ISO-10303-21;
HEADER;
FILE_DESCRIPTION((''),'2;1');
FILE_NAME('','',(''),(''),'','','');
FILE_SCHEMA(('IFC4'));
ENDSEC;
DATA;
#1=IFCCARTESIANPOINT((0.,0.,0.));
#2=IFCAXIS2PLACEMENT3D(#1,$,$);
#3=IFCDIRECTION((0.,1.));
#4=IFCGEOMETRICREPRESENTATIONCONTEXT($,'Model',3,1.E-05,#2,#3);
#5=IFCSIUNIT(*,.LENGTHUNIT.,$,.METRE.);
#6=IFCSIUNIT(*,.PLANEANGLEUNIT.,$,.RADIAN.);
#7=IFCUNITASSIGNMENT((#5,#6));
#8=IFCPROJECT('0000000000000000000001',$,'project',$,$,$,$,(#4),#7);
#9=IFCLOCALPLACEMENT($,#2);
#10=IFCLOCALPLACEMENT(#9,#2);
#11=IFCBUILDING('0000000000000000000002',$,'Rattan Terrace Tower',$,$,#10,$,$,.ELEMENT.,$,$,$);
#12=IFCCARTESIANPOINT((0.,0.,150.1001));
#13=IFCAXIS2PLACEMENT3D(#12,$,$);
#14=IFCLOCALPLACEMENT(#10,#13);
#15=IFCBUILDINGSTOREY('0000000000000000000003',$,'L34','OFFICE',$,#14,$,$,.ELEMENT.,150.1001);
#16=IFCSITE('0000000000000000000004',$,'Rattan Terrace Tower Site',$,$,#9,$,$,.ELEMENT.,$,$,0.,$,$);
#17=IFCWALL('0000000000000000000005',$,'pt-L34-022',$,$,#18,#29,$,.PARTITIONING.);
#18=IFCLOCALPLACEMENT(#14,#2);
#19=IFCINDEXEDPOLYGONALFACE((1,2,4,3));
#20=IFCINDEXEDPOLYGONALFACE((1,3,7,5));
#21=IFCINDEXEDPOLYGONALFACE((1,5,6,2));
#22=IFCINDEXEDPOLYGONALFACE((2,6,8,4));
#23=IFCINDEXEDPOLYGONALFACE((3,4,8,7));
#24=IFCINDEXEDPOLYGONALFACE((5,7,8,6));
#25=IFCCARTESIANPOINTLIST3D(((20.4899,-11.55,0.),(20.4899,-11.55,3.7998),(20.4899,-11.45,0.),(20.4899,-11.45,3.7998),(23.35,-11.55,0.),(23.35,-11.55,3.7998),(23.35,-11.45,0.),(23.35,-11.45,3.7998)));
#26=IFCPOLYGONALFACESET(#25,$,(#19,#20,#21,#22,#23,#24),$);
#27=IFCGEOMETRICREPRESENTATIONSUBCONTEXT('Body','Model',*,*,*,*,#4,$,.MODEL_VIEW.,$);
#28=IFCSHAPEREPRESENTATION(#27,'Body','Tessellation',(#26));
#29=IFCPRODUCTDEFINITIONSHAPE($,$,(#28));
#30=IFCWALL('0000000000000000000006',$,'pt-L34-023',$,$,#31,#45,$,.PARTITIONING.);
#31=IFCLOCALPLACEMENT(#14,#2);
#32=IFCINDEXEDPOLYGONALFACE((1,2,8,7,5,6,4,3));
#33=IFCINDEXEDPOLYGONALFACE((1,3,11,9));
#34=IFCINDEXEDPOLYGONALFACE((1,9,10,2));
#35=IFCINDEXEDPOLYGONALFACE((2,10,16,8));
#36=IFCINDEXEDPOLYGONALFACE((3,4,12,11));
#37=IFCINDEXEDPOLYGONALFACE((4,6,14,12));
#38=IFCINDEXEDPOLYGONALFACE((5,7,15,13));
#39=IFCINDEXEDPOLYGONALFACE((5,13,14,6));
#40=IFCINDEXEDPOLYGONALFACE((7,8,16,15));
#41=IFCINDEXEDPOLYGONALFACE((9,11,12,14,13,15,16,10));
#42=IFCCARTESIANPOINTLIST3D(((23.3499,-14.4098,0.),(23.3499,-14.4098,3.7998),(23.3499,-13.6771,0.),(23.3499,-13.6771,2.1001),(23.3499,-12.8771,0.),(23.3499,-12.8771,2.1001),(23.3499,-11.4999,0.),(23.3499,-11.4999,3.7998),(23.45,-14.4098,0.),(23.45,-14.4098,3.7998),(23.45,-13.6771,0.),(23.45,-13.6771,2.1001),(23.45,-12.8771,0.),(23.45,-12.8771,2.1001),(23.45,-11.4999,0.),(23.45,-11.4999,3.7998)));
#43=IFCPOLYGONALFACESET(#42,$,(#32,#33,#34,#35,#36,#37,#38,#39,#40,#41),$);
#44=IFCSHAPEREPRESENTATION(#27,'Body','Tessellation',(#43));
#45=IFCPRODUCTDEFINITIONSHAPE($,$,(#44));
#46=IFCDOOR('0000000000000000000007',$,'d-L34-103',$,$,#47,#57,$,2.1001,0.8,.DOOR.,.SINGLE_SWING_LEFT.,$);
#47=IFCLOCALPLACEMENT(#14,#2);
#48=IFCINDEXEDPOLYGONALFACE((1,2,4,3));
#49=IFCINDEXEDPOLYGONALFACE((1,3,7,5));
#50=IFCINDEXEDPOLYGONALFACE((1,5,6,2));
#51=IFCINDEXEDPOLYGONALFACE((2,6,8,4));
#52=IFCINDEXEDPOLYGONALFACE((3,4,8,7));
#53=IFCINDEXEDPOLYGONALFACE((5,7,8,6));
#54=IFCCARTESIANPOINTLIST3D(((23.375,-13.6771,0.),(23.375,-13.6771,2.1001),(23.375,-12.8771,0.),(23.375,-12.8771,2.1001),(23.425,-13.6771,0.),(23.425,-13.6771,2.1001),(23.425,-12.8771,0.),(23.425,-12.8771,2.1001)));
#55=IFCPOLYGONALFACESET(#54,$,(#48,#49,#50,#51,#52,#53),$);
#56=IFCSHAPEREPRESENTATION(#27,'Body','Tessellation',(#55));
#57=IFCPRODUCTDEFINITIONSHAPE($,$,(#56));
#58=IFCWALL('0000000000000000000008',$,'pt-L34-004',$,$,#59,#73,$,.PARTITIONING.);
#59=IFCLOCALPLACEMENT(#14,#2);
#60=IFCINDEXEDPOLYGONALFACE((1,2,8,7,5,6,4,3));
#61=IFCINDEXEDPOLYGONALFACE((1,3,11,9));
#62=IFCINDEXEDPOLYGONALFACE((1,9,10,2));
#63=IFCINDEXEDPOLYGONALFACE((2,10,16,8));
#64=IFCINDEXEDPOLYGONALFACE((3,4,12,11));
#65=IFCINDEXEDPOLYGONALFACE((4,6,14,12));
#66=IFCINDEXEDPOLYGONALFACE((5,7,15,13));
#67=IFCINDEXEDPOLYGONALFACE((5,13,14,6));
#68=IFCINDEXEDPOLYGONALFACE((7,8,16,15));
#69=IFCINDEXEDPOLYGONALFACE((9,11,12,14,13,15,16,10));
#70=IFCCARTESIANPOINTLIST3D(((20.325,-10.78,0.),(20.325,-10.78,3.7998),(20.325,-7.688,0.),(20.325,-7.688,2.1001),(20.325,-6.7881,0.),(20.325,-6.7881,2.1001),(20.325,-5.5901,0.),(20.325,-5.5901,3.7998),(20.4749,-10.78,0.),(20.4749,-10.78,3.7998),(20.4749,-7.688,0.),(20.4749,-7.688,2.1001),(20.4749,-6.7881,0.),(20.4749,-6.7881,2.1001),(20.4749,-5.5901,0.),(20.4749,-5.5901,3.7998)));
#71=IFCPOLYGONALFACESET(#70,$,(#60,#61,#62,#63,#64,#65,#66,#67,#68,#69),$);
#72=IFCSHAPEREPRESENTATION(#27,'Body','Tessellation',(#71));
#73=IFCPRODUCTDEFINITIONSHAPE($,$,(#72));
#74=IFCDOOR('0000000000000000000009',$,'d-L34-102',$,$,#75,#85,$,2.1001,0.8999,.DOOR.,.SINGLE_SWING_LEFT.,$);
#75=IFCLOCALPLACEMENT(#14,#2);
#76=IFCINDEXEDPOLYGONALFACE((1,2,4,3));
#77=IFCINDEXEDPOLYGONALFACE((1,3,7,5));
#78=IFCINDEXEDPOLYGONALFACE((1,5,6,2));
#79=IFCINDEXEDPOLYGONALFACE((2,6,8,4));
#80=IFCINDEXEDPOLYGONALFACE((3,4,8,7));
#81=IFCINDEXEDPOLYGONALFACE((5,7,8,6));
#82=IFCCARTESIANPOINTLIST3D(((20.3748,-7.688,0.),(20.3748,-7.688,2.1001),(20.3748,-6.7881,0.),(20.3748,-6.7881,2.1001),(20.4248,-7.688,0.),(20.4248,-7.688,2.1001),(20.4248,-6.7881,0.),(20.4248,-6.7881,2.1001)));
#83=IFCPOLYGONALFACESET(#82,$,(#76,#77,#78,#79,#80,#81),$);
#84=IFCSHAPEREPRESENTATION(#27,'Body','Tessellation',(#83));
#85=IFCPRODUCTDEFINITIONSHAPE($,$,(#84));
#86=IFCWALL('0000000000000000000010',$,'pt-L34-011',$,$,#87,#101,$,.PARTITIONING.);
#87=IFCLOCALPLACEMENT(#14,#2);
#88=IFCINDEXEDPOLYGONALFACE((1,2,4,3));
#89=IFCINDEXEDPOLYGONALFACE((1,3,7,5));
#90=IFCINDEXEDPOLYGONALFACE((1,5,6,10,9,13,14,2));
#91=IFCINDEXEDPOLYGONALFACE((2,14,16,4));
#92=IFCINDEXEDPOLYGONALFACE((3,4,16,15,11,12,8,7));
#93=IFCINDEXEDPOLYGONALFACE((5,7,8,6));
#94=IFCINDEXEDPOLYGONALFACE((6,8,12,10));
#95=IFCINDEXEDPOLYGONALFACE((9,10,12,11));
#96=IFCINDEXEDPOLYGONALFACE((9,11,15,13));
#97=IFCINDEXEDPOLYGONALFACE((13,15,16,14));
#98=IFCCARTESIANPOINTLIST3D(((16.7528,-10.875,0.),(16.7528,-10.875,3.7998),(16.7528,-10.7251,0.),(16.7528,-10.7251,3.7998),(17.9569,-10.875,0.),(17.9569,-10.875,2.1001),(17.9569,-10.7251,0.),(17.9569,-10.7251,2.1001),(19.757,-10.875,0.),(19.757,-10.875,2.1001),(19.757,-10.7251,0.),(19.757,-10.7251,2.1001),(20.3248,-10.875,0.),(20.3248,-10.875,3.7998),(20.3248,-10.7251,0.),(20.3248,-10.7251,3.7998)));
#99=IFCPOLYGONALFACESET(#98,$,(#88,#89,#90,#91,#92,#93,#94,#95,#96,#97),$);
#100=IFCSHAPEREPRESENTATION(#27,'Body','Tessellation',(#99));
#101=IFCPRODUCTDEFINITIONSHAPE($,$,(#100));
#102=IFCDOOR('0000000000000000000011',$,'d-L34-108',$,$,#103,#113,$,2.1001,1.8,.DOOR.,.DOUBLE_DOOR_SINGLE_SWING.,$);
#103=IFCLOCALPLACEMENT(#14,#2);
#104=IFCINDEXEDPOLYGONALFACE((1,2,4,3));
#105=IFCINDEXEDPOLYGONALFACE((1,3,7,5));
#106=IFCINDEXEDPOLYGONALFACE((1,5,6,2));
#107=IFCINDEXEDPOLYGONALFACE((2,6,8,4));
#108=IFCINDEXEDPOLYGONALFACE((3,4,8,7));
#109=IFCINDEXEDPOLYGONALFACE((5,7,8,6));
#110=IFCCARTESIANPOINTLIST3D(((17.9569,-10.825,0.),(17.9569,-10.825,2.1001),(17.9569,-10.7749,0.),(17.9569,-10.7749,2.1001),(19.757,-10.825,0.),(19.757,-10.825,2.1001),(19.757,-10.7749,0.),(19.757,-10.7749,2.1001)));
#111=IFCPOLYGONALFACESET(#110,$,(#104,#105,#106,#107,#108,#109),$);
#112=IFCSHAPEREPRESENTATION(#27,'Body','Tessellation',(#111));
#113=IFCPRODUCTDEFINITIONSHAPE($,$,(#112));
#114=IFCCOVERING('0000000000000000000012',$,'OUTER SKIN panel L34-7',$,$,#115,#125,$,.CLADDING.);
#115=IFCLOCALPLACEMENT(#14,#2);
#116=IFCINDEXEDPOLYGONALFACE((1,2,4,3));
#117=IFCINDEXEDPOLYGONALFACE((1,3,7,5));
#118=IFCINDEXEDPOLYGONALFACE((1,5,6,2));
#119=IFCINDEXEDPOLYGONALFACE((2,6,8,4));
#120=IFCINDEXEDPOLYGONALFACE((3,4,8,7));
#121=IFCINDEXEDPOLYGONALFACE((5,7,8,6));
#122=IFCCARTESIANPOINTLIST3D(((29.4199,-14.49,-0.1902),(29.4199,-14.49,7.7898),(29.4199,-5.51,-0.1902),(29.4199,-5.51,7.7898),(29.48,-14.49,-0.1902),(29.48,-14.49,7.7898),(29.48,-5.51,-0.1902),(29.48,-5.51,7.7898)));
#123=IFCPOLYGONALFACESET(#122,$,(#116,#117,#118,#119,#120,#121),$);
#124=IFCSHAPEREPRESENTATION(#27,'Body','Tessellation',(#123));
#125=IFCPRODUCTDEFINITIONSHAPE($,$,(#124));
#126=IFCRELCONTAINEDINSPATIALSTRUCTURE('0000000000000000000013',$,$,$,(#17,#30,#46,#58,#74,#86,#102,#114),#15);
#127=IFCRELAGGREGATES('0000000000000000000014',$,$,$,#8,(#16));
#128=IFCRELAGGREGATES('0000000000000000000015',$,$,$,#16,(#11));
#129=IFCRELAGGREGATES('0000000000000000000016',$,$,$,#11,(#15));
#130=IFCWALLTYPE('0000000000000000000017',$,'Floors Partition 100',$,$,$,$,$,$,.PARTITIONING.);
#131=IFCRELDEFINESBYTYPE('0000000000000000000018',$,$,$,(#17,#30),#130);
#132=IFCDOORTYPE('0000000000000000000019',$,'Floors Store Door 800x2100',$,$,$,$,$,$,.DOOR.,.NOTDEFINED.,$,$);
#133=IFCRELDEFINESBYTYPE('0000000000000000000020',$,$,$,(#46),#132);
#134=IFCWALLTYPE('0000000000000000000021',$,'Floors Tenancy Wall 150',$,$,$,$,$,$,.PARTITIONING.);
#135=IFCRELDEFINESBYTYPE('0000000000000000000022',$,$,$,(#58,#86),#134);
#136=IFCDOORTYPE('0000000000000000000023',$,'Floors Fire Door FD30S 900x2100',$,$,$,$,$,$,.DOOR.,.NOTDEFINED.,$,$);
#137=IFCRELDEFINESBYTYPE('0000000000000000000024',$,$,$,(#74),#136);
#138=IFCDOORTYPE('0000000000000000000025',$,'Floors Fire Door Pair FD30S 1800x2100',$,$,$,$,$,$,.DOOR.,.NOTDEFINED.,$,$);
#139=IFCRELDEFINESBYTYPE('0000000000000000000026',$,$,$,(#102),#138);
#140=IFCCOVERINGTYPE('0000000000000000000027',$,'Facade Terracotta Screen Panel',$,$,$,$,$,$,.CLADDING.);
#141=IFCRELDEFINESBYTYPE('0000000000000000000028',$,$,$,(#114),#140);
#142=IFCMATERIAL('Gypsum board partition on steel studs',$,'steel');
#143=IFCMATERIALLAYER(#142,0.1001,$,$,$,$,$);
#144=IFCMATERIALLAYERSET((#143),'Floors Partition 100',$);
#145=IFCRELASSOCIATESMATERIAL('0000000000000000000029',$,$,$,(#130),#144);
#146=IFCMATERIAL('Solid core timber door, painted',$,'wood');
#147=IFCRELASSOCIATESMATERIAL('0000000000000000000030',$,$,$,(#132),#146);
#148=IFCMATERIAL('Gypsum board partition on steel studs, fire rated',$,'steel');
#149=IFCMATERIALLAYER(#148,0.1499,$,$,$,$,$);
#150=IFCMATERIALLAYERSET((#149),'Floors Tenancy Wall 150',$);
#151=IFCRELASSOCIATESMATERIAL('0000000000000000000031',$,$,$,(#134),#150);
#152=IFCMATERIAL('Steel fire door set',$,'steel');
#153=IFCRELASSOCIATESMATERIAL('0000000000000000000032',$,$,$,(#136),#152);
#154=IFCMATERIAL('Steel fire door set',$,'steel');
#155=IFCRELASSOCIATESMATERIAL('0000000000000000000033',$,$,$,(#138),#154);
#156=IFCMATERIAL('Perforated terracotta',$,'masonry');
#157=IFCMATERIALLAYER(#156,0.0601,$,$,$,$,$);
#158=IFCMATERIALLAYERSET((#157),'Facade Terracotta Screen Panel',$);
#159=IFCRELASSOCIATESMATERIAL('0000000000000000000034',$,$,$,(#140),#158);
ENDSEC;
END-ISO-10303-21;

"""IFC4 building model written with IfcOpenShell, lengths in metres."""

from ifc_helpers import new_model, si_unit, direction, frame, frame_2d, origin, origin_2d, place, context, subcontext, project, spatial, rectangle, extrude, material, layer, layer_set, type_object, element, fill, save


model = new_model("IFC4")

# Units and contexts
model_context = context("Model", 3, precision=1e-05, world=origin(), true_north=direction((0.0, 1.0)))
body_context = subcontext(model_context, "Body", "Model", "MODEL_VIEW")
ifc_project = project(units=[si_unit("LENGTHUNIT", "METRE"), si_unit("PLANEANGLEUNIT", "RADIAN")], contexts=[model_context])

# Site, building, storey
site_placement = place(None, origin())
site = spatial("IfcSite", under=ifc_project, at=site_placement, Name="Rattan Terrace Tower Site", CompositionType="ELEMENT", RefElevation=0.0)
building_placement = place(site_placement, origin())
building = spatial("IfcBuilding", under=site, at=building_placement, Name="Rattan Terrace Tower", CompositionType="ELEMENT")
storey_placement = place(building_placement, frame((0.0, 0.0, 150.1001)))
storey = spatial("IfcBuildingStorey", under=building, at=storey_placement, Name="L34", Description="OFFICE", CompositionType="ELEMENT", Elevation=150.1001)

# Wall
ifc_material_1 = material(Name="Gypsum board partition on steel studs", Category="steel")
ifc_layer_1 = layer(ifc_material_1, 0.1001)
ifc_layer_set_1 = layer_set([ifc_layer_1], Name="Floors Partition 100")
wall_type_1 = type_object("IfcWallType", Name="Floors Partition 100", PredefinedType="PARTITIONING", material=ifc_layer_set_1)
wall_1_placement = place(storey_placement, frame((23.3501, -11.5, 0.0), z_axis=(0.0, 0.0, 1.0), x_axis=(-1.0, 0.0, 0.0)))
element("IfcWall", 1, at=wall_1_placement, inside=storey, type_object=wall_type_1, Name="pt-L34-022", PredefinedType="PARTITIONING", context=body_context, shape_type="SweptSolid", body=[
    extrude(rectangle(XDim=2.8601, YDim=0.1001, at=frame_2d((1.4302, 0.0))), origin(), (0.0, 0.0, 1.0), 3.7998),
])

# Walls, openings, doors
wall_2_placement = place(storey_placement, frame((23.3999, -14.4099, 0.0), z_axis=(0.0, 0.0, 1.0), x_axis=(0.0, 1.0, 0.0)))
wall_2 = element("IfcWall", 2, at=wall_2_placement, inside=storey, type_object=wall_type_1, Name="pt-L34-023", PredefinedType="PARTITIONING", context=body_context, shape_type="SweptSolid", body=[
    extrude(rectangle(XDim=2.9099, YDim=0.1001, at=frame_2d((1.4551, 0.0))), origin(), (0.0, 0.0, 1.0), 3.7998),
])
opening_1_placement = place(wall_2_placement, frame((0.7329, 0.0, 0.0)))
opening_1 = element("IfcOpeningElement", 3, at=opening_1_placement, cuts=wall_2, PredefinedType="OPENING", context=body_context, shape_type="SweptSolid", body=[
    extrude(rectangle(XDim=0.8, YDim=2.1001, at=frame_2d((0.3999, 1.05))), frame((0.0, 0.0605, 0.0), z_axis=(0.0, -1.0, 0.0), x_axis=(1.0, 0.0, 0.0)), (0.0, 0.0, 1.0), 0.1211),
])
ifc_material_2 = material(Name="Solid core timber door, painted", Category="wood")
door_type_1 = type_object("IfcDoorType", Name="Floors Store Door 800x2100", OperationType="NOTDEFINED", PredefinedType="DOOR", material=ifc_material_2)
door_1_placement = place(opening_1_placement, origin())
door_1 = element("IfcDoor", 4, at=door_1_placement, inside=storey, type_object=door_type_1, Name="d-L34-103", OperationType="SINGLE_SWING_LEFT", OverallHeight=2.1001, OverallWidth=0.8, PredefinedType="DOOR", context=body_context, shape_type="SweptSolid", body=[
    extrude(rectangle(XDim=0.8, YDim=2.1001, at=frame_2d((0.3999, 1.05))), frame((0.0, 0.0249, 0.0), z_axis=(0.0, -1.0, 0.0), x_axis=(1.0, 0.0, 0.0)), (0.0, 0.0, 1.0), 0.05),
])
fill(opening_1, door_1)
ifc_material_3 = material(Name="Gypsum board partition on steel studs, fire rated", Category="steel")
ifc_layer_2 = layer(ifc_material_3, 0.1499)
ifc_layer_set_2 = layer_set([ifc_layer_2], Name="Floors Tenancy Wall 150")
wall_type_2 = type_object("IfcWallType", Name="Floors Tenancy Wall 150", PredefinedType="PARTITIONING", material=ifc_layer_set_2)
wall_3_placement = place(storey_placement, frame((20.3999, -5.5901, 0.0), z_axis=(0.0, 0.0, 1.0), x_axis=(0.0, -1.0, 0.0)))
wall_3 = element("IfcWall", 5, at=wall_3_placement, inside=storey, type_object=wall_type_2, Name="pt-L34-004", PredefinedType="PARTITIONING", context=body_context, shape_type="SweptSolid", body=[
    extrude(rectangle(XDim=5.1899, YDim=0.1499, at=frame_2d((2.595, 0.0))), origin(), (0.0, 0.0, 1.0), 3.7998),
])
opening_2_placement = place(wall_3_placement, frame((1.198, 0.0, 0.0)))
opening_2 = element("IfcOpeningElement", 6, at=opening_2_placement, cuts=wall_3, PredefinedType="OPENING", context=body_context, shape_type="SweptSolid", body=[
    extrude(rectangle(XDim=0.8999, YDim=2.1001, at=frame_2d((0.45, 1.05))), frame((0.0, 0.0854, 0.0), z_axis=(0.0, -1.0, 0.0), x_axis=(1.0, 0.0, 0.0)), (0.0, 0.0, 1.0), 0.1709),
])
ifc_material_4 = material(Name="Steel fire door set", Category="steel")
door_type_2 = type_object("IfcDoorType", Name="Floors Fire Door FD30S 900x2100", OperationType="NOTDEFINED", PredefinedType="DOOR", material=ifc_material_4)
door_2_placement = place(opening_2_placement, origin())
door_2 = element("IfcDoor", 7, at=door_2_placement, inside=storey, type_object=door_type_2, Name="d-L34-102", OperationType="SINGLE_SWING_LEFT", OverallHeight=2.1001, OverallWidth=0.8999, PredefinedType="DOOR", context=body_context, shape_type="SweptSolid", body=[
    extrude(rectangle(XDim=0.8999, YDim=2.1001, at=frame_2d((0.45, 1.05))), frame((0.0, 0.0249, 0.0), z_axis=(0.0, -1.0, 0.0), x_axis=(1.0, 0.0, 0.0)), (0.0, 0.0, 1.0), 0.05),
])
fill(opening_2, door_2)
wall_4_placement = place(storey_placement, frame((20.325, -10.8, 0.0), z_axis=(0.0, 0.0, 1.0), x_axis=(-1.0, 0.0, 0.0)))
wall_4 = element("IfcWall", 8, at=wall_4_placement, inside=storey, type_object=wall_type_2, Name="pt-L34-011", PredefinedType="PARTITIONING", context=body_context, shape_type="SweptSolid", body=[
    extrude(rectangle(XDim=3.572, YDim=0.1499, at=frame_2d((1.7861, 0.0))), origin(), (0.0, 0.0, 1.0), 3.7998),
])
opening_3_placement = place(wall_4_placement, frame((0.5681, 0.0, 0.0)))
opening_3 = element("IfcOpeningElement", 9, at=opening_3_placement, cuts=wall_4, PredefinedType="OPENING", context=body_context, shape_type="SweptSolid", body=[
    extrude(rectangle(XDim=1.8, YDim=2.1001, at=frame_2d((0.8999, 1.05))), frame((0.0, 0.0854, 0.0), z_axis=(0.0, -1.0, 0.0), x_axis=(1.0, 0.0, 0.0)), (0.0, 0.0, 1.0), 0.1709),
])
ifc_material_5 = material(Name="Steel fire door set", Category="steel")
door_type_3 = type_object("IfcDoorType", Name="Floors Fire Door Pair FD30S 1800x2100", OperationType="NOTDEFINED", PredefinedType="DOOR", material=ifc_material_5)
door_3_placement = place(opening_3_placement, origin())
door_3 = element("IfcDoor", 10, at=door_3_placement, inside=storey, type_object=door_type_3, Name="d-L34-108", OperationType="DOUBLE_DOOR_SINGLE_SWING", OverallHeight=2.1001, OverallWidth=1.8, PredefinedType="DOOR", context=body_context, shape_type="SweptSolid", body=[
    extrude(rectangle(XDim=1.8, YDim=2.1001, at=frame_2d((0.8999, 1.05))), frame((0.0, 0.0249, 0.0), z_axis=(0.0, -1.0, 0.0), x_axis=(1.0, 0.0, 0.0)), (0.0, 0.0, 1.0), 0.05),
])
fill(opening_3, door_3)

# Covering
ifc_material_6 = material(Name="Perforated terracotta", Category="masonry")
ifc_layer_3 = layer(ifc_material_6, 0.0601)
ifc_layer_set_3 = layer_set([ifc_layer_3], Name="Facade Terracotta Screen Panel")
covering_type = type_object("IfcCoveringType", Name="Facade Terracotta Screen Panel", PredefinedType="CLADDING", material=ifc_layer_set_3)
covering_placement = place(storey_placement, frame((29.45, -10.0, -0.1902), z_axis=(0.0, 0.0, 1.0), x_axis=(0.0, 1.0, 0.0)))
element("IfcCovering", 11, at=covering_placement, inside=storey, type_object=covering_type, Name="OUTER SKIN panel L34-7", PredefinedType="CLADDING", context=body_context, shape_type="SweptSolid", body=[
    extrude(rectangle(XDim=8.98, YDim=0.0601, at=origin_2d()), origin(), (0.0, 0.0, 1.0), 7.98),
])

save(model, "model.ifc")
